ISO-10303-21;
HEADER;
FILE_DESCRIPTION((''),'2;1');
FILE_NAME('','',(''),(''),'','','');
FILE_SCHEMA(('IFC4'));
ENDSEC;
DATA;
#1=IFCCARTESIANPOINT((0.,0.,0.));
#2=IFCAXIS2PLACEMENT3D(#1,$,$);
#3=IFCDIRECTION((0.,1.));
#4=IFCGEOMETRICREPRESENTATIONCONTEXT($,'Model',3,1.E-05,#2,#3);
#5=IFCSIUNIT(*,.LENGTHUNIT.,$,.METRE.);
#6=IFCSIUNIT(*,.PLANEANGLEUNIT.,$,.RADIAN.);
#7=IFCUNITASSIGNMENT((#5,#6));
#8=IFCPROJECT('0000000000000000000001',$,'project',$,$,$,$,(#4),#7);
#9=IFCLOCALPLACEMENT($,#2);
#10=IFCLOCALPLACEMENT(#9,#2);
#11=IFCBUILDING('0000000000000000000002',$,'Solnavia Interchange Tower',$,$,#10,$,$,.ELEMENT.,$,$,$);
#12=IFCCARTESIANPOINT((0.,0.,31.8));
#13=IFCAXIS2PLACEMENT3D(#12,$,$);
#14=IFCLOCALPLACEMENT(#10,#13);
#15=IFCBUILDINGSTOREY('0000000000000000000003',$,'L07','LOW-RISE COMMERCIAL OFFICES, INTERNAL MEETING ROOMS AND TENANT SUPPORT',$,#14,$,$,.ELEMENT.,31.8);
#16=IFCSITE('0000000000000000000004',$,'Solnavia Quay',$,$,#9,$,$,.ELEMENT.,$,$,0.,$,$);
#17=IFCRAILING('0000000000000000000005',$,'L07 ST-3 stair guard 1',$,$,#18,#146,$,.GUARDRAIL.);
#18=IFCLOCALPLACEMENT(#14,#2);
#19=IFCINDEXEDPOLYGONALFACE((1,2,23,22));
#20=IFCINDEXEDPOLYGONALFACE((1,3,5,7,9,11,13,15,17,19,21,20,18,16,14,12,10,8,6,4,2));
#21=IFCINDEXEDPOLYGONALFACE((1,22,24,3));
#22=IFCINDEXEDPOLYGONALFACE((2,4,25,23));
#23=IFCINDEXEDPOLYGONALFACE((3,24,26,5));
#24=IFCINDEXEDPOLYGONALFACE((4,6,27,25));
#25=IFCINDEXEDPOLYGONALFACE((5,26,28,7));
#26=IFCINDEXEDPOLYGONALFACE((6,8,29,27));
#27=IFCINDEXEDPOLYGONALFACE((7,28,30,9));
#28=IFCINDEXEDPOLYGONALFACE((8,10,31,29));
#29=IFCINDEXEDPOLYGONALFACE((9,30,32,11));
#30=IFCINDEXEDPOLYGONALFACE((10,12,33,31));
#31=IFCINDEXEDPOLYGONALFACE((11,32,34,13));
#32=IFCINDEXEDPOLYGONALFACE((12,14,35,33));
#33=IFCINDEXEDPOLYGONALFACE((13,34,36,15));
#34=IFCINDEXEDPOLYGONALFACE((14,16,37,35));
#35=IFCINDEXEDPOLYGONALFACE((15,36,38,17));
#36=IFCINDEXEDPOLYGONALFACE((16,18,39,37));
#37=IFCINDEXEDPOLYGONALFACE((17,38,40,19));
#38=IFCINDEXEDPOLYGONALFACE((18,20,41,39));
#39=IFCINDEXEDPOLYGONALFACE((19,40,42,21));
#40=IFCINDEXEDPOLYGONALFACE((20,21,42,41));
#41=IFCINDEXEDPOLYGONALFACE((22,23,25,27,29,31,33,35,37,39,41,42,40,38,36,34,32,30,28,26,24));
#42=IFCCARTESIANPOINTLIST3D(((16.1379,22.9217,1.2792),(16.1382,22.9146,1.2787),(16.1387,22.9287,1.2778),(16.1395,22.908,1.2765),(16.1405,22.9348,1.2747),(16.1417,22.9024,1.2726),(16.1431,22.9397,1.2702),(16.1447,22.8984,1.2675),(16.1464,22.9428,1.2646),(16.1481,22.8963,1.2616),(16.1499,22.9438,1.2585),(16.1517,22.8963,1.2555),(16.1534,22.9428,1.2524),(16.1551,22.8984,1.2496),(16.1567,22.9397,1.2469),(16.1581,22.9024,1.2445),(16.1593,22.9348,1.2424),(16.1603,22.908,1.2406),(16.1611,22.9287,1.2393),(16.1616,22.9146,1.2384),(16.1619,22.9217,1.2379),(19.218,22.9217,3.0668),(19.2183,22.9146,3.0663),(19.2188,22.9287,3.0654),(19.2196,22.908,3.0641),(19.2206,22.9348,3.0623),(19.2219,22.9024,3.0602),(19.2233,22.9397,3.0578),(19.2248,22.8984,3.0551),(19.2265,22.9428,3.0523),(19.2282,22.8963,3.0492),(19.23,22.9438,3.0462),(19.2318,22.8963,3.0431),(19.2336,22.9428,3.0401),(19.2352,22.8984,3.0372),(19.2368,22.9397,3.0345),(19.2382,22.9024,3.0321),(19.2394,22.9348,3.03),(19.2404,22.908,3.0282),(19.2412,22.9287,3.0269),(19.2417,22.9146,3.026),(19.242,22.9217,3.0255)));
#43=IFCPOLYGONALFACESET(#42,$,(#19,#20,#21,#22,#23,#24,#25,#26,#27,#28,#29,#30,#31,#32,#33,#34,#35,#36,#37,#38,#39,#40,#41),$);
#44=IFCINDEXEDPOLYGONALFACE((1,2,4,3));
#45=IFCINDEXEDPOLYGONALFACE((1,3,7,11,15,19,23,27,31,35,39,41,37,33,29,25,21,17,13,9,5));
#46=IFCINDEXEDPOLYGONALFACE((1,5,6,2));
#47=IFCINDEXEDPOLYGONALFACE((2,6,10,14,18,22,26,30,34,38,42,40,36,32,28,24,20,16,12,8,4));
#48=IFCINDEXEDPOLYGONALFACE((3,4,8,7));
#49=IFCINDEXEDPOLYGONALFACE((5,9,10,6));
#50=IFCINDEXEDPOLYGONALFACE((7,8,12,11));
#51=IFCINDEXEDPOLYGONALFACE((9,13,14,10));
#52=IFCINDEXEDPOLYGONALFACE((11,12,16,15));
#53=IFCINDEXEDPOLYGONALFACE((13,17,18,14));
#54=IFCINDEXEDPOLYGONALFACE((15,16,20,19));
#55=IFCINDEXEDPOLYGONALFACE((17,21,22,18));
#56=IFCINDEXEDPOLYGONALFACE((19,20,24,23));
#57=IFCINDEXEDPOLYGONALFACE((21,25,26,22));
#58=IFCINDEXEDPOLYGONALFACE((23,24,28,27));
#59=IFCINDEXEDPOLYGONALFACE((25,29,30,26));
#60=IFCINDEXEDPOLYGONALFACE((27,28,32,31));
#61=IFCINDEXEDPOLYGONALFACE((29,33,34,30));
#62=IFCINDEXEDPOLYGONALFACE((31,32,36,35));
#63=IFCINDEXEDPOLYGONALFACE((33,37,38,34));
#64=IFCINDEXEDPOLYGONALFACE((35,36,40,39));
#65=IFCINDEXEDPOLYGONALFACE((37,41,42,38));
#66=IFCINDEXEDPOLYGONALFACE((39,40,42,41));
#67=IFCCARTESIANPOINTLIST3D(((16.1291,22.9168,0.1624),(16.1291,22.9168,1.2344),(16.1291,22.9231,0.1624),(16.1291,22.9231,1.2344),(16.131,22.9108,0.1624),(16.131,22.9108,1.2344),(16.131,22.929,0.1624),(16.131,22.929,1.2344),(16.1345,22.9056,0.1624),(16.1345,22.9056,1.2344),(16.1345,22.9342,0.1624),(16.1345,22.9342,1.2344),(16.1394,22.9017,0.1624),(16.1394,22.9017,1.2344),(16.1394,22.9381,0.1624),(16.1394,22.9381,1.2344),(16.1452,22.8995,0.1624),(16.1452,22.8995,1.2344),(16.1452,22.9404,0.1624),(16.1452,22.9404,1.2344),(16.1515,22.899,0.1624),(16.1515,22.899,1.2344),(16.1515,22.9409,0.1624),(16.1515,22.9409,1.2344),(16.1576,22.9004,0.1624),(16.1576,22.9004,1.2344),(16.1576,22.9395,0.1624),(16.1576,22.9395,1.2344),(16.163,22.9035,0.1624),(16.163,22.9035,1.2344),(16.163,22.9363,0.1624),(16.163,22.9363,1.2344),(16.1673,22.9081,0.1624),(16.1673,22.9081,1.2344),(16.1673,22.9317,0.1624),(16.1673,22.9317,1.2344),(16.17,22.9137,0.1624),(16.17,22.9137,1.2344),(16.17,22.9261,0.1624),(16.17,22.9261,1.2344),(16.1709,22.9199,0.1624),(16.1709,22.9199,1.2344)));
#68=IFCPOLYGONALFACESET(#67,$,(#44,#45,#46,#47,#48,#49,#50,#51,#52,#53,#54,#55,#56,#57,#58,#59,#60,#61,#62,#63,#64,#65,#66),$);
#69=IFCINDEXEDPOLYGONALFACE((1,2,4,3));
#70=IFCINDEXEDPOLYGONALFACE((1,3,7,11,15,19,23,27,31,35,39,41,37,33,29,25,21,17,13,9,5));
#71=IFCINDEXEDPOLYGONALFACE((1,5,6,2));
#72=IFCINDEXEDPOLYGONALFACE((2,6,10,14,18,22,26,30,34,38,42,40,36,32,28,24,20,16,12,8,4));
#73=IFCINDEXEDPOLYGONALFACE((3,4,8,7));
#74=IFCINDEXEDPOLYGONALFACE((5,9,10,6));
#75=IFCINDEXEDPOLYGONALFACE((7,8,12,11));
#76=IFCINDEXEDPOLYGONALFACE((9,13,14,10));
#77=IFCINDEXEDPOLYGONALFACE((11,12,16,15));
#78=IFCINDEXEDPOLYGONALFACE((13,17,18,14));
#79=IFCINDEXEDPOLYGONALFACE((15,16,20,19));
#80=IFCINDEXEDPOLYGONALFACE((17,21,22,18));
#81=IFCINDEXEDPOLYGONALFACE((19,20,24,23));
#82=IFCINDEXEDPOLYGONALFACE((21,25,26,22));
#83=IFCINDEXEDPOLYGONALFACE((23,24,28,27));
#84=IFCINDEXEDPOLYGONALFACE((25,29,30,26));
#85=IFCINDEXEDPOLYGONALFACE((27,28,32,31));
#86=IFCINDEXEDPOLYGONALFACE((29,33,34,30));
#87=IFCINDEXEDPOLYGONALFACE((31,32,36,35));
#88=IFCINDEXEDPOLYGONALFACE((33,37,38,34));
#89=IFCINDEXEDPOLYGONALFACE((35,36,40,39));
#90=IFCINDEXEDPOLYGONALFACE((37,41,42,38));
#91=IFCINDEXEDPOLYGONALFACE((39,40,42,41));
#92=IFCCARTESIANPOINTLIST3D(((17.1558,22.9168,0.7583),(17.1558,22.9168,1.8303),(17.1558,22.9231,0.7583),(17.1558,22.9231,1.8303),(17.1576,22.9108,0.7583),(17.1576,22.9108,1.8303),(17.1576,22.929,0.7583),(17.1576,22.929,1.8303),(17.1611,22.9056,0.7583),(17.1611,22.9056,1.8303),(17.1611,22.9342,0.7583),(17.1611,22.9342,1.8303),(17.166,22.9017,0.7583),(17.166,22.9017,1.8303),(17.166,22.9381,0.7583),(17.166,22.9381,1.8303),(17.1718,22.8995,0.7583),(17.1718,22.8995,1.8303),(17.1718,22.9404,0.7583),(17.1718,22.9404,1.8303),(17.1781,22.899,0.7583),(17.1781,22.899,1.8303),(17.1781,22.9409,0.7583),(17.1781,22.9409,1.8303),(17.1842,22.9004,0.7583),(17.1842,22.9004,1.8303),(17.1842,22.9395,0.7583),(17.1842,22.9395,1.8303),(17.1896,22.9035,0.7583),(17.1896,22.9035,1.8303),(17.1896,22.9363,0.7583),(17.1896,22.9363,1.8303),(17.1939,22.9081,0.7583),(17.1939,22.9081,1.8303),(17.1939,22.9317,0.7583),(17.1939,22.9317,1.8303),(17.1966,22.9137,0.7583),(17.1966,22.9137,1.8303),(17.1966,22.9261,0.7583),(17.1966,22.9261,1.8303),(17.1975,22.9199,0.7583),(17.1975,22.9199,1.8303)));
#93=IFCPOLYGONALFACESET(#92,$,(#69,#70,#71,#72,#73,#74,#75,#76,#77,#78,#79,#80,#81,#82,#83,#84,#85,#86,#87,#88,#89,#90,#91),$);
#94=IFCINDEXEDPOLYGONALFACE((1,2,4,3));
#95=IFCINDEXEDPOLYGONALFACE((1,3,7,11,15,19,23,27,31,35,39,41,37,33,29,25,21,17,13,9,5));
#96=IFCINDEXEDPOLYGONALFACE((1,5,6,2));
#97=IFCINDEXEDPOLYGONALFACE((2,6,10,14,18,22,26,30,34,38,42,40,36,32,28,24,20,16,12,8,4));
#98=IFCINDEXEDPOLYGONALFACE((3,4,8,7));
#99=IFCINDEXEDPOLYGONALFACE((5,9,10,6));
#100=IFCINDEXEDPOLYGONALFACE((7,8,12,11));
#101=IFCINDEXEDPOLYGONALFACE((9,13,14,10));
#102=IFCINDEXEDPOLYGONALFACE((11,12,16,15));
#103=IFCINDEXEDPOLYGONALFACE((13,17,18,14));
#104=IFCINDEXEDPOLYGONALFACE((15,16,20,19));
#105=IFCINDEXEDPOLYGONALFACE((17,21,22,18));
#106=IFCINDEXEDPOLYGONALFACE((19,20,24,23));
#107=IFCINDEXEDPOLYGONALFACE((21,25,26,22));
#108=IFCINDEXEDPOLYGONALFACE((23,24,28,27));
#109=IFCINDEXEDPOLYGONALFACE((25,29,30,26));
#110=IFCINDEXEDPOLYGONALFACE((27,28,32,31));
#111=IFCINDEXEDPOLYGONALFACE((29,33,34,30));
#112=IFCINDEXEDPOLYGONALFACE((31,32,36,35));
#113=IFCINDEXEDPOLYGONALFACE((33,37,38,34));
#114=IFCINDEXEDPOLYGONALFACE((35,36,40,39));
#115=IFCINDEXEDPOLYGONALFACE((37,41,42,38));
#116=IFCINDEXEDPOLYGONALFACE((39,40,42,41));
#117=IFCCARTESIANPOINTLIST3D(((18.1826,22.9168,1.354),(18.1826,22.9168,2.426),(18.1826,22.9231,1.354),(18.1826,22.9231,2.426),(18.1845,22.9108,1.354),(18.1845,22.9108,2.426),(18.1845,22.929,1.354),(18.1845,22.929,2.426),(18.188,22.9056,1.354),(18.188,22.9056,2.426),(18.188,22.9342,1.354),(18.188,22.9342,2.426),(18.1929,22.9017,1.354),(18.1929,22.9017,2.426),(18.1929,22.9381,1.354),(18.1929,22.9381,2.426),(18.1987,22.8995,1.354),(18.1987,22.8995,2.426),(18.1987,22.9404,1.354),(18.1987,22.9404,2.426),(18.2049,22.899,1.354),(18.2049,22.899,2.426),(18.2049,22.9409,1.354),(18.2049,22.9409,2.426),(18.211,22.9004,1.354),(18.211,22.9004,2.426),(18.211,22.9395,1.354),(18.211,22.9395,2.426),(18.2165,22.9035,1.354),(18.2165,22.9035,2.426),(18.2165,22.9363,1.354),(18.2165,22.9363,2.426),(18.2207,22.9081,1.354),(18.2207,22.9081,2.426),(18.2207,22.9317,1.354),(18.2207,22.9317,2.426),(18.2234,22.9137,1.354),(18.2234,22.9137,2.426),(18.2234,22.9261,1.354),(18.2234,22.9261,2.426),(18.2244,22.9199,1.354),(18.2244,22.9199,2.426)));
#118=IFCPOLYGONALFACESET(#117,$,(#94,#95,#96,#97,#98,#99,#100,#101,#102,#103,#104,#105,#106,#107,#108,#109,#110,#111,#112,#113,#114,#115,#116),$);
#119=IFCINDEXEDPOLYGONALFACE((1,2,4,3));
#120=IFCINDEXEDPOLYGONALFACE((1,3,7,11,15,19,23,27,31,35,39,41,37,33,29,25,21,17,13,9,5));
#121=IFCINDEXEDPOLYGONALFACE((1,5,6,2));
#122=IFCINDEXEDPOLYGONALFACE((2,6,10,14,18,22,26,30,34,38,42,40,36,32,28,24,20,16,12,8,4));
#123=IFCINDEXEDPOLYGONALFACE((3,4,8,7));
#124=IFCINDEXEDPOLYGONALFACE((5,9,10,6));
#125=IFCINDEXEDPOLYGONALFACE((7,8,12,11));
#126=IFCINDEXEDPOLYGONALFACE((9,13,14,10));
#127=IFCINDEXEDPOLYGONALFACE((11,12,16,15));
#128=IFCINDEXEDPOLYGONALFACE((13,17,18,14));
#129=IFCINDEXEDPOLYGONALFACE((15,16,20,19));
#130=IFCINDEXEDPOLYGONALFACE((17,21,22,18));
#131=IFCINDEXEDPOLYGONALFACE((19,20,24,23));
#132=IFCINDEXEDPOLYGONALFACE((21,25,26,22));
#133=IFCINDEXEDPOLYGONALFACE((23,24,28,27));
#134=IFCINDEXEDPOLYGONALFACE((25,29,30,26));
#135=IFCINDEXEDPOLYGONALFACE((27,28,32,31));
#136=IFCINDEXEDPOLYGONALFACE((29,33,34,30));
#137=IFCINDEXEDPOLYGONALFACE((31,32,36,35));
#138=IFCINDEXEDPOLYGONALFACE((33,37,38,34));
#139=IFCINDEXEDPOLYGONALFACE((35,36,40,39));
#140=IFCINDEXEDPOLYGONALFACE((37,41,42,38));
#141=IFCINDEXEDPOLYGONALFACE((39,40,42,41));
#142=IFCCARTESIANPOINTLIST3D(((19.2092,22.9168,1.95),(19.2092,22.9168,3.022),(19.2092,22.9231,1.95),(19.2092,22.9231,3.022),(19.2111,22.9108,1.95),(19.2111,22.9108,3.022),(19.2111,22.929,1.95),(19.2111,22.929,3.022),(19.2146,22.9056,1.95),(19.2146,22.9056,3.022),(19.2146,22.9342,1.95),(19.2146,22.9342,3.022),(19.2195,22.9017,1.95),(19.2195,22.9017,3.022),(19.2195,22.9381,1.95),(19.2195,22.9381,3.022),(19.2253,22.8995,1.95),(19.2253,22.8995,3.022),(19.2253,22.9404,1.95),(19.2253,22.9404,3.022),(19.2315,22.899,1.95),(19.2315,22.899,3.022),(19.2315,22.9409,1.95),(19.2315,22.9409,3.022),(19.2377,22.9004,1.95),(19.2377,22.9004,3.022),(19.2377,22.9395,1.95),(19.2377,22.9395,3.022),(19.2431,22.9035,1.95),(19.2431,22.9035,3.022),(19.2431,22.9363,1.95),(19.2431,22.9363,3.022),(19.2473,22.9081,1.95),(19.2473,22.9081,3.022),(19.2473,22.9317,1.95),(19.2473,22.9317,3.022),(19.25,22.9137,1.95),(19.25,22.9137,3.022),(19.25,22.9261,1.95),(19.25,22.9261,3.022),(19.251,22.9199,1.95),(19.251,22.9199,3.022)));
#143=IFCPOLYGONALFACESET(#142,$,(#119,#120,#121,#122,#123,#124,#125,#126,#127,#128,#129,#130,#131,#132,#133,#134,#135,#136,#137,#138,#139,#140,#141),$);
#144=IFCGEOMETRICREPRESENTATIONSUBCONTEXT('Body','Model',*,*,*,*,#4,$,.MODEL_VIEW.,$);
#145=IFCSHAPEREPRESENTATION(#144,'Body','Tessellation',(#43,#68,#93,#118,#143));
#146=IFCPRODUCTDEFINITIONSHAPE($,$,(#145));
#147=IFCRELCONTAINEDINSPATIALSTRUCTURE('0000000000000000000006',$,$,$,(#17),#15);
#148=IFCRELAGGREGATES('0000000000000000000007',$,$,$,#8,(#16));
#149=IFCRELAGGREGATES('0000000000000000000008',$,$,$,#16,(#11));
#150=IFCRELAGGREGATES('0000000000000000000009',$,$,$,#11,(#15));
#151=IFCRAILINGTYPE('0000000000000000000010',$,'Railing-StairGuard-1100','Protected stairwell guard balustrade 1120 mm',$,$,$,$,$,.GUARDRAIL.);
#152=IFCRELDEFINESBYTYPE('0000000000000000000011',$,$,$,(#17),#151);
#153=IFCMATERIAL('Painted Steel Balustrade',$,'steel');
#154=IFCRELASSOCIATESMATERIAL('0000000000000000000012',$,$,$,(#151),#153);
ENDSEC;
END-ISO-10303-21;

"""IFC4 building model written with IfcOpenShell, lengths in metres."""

from ifc_helpers import new_model, si_unit, direction, frame, origin, origin_2d, place, context, subcontext, project, spatial, circle, extrude, material, type_object, element, save


model = new_model("IFC4")

# Units and contexts
model_context = context("Model", 3, precision=1e-05, world=origin(), true_north=direction((0.0, 1.0)))
body_context = subcontext(model_context, "Body", "Model", "MODEL_VIEW")
ifc_project = project(units=[si_unit("LENGTHUNIT", "METRE"), si_unit("PLANEANGLEUNIT", "RADIAN")], contexts=[model_context])

# Site, building, storey
site_placement = place(None, origin())
site = spatial("IfcSite", under=ifc_project, at=site_placement, Name="Solnavia Quay", CompositionType="ELEMENT", RefElevation=0.0)
building_placement = place(site_placement, origin())
building = spatial("IfcBuilding", under=site, at=building_placement, Name="Solnavia Interchange Tower", CompositionType="ELEMENT")
storey_placement = place(building_placement, frame((0.0, 0.0, 31.8)))
storey = spatial("IfcBuildingStorey", under=building, at=storey_placement, Name="L07", Description="LOW-RISE COMMERCIAL OFFICES, INTERNAL MEETING ROOMS AND TENANT SUPPORT", CompositionType="ELEMENT", Elevation=31.8)

# Railing
ifc_material_1 = material(Name="Painted Steel Balustrade", Category="steel")
railing_type_1 = type_object("IfcRailingType", Name="Railing-StairGuard-1100", Description="Protected stairwell guard balustrade 1120 mm", PredefinedType="GUARDRAIL", material=ifc_material_1)
railing_1_placement = place(storey_placement, frame((16.1499, 22.9199, 0.1624)))
element("IfcRailing", 1, at=railing_1_placement, inside=storey, type_object=railing_type_1, Name="L07 ST-3 stair guard 1", PredefinedType="GUARDRAIL", context=body_context, shape_type="SweptSolid", body=[
    extrude(circle(Radius=0.0239, at=origin_2d()), frame((0.0, 0.0, 1.0962), z_axis=(0.864891, 0.0, 0.50196), x_axis=(0.0, 1.0, 0.0)), (0.0, 0.0, 1.0), 3.5613),
    extrude(circle(Radius=0.021, at=origin_2d()), origin(), (0.0, 0.0, 1.0), 1.072),
    extrude(circle(Radius=0.021, at=origin_2d()), frame((1.0266, 0.0, 0.5959)), (0.0, 0.0, 1.0), 1.072),
    extrude(circle(Radius=0.021, at=origin_2d()), frame((2.0535, 0.0, 1.1917)), (0.0, 0.0, 1.0), 1.072),
    extrude(circle(Radius=0.021, at=origin_2d()), frame((3.0801, 0.0, 1.7876)), (0.0, 0.0, 1.0), 1.072),
])

save(model, "model.ifc")
